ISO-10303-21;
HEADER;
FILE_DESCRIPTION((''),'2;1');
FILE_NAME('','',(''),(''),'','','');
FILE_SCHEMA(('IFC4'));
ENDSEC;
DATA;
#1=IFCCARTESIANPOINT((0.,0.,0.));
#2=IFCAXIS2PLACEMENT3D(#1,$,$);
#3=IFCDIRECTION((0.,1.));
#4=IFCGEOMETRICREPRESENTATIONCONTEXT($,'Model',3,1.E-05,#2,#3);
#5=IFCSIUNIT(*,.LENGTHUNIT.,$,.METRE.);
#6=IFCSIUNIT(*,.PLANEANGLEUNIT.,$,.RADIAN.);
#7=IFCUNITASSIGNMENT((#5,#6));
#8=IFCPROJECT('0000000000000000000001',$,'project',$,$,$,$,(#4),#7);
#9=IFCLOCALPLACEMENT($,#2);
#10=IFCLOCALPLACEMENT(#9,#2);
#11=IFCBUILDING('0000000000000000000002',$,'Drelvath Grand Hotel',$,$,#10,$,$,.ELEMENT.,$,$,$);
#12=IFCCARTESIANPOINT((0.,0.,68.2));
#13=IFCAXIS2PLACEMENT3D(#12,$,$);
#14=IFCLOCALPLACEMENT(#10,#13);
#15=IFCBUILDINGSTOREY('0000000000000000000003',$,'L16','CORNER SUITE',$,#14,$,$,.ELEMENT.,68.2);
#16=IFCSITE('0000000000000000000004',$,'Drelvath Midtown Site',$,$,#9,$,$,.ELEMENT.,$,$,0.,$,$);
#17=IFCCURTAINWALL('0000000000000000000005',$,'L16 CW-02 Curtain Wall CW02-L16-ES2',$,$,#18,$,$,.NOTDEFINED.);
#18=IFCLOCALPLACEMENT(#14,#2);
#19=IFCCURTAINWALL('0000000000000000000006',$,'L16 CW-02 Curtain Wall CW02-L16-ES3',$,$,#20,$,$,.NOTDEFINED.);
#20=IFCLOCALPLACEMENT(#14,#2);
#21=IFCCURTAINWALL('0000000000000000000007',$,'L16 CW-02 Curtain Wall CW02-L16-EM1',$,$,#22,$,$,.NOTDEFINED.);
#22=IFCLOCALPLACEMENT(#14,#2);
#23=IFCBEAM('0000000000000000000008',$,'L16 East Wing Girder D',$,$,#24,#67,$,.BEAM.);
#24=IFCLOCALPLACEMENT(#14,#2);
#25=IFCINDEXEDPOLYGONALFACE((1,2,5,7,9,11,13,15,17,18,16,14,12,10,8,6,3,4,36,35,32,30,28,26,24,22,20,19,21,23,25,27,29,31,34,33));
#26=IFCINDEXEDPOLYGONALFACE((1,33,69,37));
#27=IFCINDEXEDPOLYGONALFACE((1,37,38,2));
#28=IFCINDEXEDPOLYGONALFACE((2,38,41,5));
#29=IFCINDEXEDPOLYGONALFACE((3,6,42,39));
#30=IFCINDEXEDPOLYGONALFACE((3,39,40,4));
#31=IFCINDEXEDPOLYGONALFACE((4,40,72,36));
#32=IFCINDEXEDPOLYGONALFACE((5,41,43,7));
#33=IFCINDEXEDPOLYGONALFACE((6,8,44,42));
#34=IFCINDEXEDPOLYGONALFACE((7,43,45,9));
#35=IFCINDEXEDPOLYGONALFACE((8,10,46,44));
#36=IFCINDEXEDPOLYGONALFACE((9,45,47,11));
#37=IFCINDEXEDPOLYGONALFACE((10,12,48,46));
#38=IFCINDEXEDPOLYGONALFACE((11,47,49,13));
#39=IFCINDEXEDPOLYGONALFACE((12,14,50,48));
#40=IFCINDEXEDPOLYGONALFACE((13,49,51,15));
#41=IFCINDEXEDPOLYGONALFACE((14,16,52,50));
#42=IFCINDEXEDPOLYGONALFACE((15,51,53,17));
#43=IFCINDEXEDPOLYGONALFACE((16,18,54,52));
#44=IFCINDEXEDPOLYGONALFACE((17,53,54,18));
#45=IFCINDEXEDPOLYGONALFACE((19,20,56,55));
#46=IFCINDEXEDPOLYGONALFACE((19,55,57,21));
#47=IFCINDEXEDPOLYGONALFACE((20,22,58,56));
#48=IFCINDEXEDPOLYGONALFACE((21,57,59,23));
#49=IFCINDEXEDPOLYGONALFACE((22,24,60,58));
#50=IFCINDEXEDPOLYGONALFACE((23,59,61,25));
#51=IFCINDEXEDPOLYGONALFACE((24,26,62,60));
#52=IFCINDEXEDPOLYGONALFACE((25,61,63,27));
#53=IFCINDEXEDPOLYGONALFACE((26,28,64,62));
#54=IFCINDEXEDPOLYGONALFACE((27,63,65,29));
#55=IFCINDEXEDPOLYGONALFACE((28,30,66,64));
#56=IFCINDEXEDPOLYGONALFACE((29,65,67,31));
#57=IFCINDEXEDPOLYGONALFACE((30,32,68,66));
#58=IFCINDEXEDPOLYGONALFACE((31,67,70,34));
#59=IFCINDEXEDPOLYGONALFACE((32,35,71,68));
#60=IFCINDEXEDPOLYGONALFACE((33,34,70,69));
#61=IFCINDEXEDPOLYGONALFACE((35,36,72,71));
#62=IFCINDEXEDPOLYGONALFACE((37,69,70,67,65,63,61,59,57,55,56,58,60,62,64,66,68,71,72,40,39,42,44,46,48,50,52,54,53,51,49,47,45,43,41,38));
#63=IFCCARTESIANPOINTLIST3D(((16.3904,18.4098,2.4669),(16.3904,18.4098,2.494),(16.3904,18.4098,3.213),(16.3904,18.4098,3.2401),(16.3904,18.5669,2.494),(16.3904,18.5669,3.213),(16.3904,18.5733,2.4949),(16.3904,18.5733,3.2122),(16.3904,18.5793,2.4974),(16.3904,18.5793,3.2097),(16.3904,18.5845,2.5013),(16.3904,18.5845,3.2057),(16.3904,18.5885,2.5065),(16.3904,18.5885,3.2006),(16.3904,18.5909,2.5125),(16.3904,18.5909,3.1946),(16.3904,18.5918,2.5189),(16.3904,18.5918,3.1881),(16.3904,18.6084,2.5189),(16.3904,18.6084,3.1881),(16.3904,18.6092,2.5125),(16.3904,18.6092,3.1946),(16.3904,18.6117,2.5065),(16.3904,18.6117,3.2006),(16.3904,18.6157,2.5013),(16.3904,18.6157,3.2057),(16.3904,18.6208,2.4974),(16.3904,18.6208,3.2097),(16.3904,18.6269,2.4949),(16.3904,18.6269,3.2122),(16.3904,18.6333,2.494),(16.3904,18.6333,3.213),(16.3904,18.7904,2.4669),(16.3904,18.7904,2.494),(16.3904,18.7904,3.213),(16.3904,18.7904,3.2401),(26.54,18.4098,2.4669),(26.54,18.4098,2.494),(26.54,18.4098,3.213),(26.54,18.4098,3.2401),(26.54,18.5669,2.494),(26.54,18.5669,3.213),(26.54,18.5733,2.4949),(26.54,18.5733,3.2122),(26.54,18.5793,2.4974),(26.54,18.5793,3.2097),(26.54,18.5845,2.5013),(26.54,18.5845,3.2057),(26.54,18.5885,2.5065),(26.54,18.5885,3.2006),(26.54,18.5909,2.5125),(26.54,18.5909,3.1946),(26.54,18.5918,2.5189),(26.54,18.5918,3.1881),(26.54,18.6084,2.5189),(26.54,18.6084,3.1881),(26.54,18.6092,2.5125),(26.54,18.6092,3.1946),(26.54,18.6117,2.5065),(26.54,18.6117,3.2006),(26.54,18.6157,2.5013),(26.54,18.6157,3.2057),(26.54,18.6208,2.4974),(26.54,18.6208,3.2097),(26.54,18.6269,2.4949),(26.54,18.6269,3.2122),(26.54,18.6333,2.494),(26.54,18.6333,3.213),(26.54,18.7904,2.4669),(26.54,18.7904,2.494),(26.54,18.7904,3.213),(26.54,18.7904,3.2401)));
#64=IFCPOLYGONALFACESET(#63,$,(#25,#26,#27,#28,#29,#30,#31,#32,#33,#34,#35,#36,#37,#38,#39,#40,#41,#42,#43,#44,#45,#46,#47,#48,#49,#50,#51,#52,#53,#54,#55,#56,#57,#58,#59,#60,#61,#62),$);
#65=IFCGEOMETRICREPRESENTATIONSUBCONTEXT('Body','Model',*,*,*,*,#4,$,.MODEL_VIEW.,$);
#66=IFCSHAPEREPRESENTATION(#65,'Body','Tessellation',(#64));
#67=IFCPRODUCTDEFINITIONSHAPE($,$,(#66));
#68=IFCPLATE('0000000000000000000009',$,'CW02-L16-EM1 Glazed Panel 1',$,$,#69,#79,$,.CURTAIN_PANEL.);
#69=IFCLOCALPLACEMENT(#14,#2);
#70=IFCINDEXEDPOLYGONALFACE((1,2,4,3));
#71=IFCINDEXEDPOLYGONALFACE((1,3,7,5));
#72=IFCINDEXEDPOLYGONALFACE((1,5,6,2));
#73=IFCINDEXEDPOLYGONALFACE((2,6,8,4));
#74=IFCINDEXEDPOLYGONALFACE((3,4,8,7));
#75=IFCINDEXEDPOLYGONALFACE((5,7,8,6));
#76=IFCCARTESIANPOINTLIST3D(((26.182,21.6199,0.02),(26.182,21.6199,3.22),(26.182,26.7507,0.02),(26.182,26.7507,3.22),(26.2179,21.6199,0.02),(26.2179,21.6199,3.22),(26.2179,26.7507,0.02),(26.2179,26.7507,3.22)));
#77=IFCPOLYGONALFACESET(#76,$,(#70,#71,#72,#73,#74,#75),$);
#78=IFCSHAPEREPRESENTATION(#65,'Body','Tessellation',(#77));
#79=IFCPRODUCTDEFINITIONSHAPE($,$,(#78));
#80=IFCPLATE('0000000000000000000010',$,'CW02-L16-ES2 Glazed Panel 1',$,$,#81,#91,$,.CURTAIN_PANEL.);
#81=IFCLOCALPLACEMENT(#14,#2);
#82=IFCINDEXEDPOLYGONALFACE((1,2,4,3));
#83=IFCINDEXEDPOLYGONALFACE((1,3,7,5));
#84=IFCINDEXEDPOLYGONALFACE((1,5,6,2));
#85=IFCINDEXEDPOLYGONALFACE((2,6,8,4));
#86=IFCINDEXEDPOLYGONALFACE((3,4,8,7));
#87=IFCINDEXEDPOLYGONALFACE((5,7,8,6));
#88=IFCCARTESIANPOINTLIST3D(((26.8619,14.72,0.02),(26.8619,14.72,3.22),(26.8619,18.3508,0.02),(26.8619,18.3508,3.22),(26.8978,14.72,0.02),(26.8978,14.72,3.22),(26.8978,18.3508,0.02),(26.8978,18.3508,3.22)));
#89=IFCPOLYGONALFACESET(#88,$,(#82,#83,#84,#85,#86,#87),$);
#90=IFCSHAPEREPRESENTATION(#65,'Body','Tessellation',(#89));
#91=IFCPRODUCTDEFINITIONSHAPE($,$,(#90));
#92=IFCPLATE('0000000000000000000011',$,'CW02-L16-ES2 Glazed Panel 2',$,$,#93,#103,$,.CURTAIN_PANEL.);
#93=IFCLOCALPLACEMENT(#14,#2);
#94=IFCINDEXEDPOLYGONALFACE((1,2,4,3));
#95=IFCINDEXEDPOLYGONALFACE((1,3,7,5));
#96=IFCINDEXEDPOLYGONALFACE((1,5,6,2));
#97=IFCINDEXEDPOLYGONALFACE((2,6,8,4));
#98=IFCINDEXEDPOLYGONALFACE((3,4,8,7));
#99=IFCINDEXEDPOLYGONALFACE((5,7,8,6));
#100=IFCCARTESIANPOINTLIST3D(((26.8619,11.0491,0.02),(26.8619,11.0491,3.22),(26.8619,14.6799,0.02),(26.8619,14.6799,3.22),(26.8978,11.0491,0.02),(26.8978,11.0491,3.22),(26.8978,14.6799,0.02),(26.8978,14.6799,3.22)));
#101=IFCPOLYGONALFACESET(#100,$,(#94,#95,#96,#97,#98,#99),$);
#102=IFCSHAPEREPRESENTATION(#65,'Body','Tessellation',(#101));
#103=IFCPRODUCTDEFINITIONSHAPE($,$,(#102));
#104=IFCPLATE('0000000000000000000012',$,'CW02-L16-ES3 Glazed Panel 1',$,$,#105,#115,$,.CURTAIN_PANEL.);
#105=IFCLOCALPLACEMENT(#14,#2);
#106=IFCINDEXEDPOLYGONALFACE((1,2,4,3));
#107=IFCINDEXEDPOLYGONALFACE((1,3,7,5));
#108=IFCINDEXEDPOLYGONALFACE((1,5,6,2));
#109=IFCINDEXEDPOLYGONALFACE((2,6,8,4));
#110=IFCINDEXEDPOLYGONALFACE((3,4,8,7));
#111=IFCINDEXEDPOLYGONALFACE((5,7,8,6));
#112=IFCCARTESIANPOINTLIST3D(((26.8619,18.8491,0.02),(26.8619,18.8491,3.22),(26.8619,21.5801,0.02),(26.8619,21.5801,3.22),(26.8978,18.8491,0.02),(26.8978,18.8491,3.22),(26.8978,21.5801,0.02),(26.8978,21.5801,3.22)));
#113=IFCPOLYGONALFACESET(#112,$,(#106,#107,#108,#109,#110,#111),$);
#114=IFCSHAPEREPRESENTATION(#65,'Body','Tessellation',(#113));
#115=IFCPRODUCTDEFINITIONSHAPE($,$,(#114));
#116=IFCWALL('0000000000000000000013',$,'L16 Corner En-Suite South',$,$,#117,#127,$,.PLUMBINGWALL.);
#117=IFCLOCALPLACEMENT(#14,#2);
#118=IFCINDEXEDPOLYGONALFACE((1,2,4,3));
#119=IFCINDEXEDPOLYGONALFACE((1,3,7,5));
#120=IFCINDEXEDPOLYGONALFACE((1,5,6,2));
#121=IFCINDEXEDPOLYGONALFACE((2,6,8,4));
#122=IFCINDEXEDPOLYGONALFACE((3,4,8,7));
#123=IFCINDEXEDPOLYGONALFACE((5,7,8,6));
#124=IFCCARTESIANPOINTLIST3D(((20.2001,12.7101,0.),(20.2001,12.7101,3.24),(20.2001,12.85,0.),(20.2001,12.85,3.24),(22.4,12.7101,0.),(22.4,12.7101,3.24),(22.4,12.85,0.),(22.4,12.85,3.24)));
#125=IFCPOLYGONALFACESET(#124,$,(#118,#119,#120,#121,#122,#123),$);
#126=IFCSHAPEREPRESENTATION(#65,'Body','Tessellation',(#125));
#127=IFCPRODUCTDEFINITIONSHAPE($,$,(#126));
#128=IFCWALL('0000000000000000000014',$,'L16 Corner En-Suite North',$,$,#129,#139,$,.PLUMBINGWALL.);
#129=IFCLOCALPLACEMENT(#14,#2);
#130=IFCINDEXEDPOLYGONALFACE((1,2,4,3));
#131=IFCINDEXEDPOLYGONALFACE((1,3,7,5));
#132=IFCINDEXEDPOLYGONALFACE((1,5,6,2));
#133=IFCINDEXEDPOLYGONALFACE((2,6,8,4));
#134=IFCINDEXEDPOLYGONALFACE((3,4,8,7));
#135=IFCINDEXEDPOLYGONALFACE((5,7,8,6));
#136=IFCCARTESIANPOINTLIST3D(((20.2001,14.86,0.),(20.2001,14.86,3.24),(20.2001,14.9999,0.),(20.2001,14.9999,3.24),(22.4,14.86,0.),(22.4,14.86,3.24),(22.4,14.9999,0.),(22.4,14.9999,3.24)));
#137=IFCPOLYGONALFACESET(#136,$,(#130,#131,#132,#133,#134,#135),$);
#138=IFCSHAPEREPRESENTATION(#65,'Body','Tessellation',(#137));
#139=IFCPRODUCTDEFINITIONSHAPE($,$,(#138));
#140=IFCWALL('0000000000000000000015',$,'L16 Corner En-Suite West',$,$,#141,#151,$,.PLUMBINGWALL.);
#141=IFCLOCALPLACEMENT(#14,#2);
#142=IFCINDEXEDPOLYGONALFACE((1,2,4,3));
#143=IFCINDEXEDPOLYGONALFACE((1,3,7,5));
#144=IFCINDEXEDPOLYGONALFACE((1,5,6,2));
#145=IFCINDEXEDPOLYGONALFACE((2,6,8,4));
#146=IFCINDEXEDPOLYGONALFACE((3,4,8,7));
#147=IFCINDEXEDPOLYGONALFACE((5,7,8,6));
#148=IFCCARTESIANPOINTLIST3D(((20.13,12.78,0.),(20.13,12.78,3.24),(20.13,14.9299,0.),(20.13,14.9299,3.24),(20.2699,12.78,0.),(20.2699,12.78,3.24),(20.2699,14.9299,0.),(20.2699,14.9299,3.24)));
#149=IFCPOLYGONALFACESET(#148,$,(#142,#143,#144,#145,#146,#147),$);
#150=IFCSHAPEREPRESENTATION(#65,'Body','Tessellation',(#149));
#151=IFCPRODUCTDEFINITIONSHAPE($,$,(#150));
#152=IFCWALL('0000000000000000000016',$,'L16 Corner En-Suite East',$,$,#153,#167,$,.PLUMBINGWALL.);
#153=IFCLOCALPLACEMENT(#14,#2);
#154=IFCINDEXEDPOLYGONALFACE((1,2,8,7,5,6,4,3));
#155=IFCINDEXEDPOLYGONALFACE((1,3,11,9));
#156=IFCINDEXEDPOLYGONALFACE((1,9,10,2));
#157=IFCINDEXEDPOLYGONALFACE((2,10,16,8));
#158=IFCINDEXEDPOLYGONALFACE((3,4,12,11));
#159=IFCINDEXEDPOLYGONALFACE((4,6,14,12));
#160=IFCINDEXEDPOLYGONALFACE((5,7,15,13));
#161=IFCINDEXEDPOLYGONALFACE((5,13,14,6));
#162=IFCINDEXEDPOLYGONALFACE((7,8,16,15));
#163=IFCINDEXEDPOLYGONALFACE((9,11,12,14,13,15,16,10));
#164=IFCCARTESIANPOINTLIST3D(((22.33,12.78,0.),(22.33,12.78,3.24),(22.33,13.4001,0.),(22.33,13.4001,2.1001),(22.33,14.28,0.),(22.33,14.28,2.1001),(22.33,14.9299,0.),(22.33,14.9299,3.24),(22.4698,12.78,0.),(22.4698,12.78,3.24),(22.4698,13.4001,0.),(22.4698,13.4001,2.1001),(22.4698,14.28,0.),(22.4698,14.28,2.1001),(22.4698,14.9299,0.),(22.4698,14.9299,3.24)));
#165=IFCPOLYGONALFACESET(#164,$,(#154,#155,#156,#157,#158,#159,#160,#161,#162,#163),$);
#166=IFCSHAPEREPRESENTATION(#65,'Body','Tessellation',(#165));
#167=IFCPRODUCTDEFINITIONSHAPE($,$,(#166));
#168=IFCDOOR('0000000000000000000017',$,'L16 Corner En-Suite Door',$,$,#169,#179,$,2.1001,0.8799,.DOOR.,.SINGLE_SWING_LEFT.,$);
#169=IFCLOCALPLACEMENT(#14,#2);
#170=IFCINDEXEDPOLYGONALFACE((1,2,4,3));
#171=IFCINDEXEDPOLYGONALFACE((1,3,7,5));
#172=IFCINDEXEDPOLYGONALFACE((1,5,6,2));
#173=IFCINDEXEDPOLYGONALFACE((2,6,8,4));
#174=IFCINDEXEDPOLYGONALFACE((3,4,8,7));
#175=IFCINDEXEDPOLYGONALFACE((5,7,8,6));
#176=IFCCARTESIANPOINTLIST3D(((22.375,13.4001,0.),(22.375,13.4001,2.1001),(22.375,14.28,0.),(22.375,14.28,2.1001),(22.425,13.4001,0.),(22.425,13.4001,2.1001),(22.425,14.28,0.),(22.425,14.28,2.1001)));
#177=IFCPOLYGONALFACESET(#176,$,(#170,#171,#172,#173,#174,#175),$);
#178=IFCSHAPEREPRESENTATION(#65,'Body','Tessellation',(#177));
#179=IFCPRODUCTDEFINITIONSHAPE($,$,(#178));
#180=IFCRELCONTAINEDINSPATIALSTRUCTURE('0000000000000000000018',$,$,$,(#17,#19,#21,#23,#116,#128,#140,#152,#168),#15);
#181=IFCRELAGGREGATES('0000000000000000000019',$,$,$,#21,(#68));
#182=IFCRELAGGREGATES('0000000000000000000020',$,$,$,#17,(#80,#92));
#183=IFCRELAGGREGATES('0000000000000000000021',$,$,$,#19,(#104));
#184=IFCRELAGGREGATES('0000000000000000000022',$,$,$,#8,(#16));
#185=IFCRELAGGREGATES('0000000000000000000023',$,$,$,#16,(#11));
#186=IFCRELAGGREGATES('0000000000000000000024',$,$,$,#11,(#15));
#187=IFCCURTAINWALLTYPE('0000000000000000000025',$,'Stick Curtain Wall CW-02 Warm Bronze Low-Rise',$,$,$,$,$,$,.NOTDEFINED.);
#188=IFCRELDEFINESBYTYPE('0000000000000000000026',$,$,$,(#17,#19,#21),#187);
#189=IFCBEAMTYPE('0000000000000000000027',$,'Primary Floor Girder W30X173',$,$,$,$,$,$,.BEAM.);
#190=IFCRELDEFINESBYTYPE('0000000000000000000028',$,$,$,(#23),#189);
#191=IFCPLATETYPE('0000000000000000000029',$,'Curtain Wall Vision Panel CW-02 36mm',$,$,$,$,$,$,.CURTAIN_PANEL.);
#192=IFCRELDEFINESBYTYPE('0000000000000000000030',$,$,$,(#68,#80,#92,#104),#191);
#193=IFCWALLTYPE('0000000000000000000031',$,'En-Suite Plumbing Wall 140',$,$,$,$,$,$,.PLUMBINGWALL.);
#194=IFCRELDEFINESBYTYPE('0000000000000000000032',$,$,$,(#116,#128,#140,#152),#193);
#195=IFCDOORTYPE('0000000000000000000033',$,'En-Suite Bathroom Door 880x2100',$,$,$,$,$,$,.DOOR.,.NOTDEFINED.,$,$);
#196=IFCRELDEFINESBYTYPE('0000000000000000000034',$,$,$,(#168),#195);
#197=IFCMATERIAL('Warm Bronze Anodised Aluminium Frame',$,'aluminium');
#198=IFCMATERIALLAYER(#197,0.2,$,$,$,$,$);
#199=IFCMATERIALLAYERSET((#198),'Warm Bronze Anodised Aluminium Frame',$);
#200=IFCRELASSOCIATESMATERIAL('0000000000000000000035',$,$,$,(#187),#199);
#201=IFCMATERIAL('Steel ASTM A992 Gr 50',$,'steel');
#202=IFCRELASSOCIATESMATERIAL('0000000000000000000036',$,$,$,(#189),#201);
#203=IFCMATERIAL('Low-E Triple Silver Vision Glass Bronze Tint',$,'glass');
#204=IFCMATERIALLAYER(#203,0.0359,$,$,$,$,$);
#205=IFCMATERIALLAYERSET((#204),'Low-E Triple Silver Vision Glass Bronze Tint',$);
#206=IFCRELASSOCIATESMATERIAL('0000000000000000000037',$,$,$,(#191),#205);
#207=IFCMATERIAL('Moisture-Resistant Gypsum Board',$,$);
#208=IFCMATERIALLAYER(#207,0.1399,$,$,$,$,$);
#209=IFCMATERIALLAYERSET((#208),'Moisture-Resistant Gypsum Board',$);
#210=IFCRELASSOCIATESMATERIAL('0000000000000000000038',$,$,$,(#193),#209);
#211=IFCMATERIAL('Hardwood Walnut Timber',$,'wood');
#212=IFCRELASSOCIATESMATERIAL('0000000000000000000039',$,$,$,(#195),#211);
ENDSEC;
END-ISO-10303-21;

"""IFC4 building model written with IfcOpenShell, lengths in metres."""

from ifc_helpers import new_model, si_unit, direction, frame, frame_2d, origin, origin_2d, place, context, subcontext, project, spatial, rectangle, i_section, extrude, material, layer, layer_set, material_profile, profile_set, type_object, element, fill, aggregate, save


model = new_model("IFC4")

# Units and contexts
model_context = context("Model", 3, precision=1e-05, world=origin(), true_north=direction((0.0, 1.0)))
body_context = subcontext(model_context, "Body", "Model", "MODEL_VIEW")
ifc_project = project(units=[si_unit("LENGTHUNIT", "METRE"), si_unit("PLANEANGLEUNIT", "RADIAN")], contexts=[model_context])

# Site, building, storey
site_placement = place(None, origin())
site = spatial("IfcSite", under=ifc_project, at=site_placement, Name="Drelvath Midtown Site", CompositionType="ELEMENT", RefElevation=0.0)
building_placement = place(site_placement, origin())
building = spatial("IfcBuilding", under=site, at=building_placement, Name="Drelvath Grand Hotel", CompositionType="ELEMENT")
storey_placement = place(building_placement, frame((0.0, 0.0, 68.2)))
storey = spatial("IfcBuildingStorey", under=building, at=storey_placement, Name="L16", Description="CORNER SUITE", CompositionType="ELEMENT", Elevation=68.2)

# Curtain walls
ifc_material_1 = material(Name="Warm Bronze Anodised Aluminium Frame", Category="aluminium")
ifc_layer_1 = layer(ifc_material_1, 0.2)
ifc_layer_set_1 = layer_set([ifc_layer_1], Name="Warm Bronze Anodised Aluminium Frame")
curtain_wall_type = type_object("IfcCurtainWallType", Name="Stick Curtain Wall CW-02 Warm Bronze Low-Rise", PredefinedType="NOTDEFINED", material=ifc_layer_set_1)
curtain_wall_1_placement = place(storey_placement, origin())
curtain_wall_1 = element("IfcCurtainWall", 1, at=curtain_wall_1_placement, inside=storey, type_object=curtain_wall_type, Name="L16 CW-02 Curtain Wall CW02-L16-ES2", PredefinedType="NOTDEFINED")
curtain_wall_2_placement = place(storey_placement, origin())
curtain_wall_2 = element("IfcCurtainWall", 2, at=curtain_wall_2_placement, inside=storey, type_object=curtain_wall_type, Name="L16 CW-02 Curtain Wall CW02-L16-ES3", PredefinedType="NOTDEFINED")
curtain_wall_3_placement = place(storey_placement, origin())
curtain_wall_3 = element("IfcCurtainWall", 3, at=curtain_wall_3_placement, inside=storey, type_object=curtain_wall_type, Name="L16 CW-02 Curtain Wall CW02-L16-EM1", PredefinedType="NOTDEFINED")

# Beam
ifc_material_2 = material(Name="Steel ASTM A992 Gr 50", Category="steel")
ifc_material_profile_1 = material_profile(ifc_material_2, i_section(OverallWidth=0.3806, OverallDepth=0.7732, WebThickness=0.0166, FlangeThickness=0.0271, FilletRadius=0.0249, at=origin_2d()), Name="W30X173")
ifc_profile_set_1 = profile_set([ifc_material_profile_1], Name="Steel ASTM A992 Gr 50")
beam_type_1 = type_object("IfcBeamType", Name="Primary Floor Girder W30X173", PredefinedType="BEAM", material=ifc_profile_set_1)
beam_1_placement = place(storey_placement, frame((16.3904, 18.6001, 2.8535), z_axis=(1.0, 0.0, 0.0), x_axis=(0.0, 1.0, 0.0)))
element("IfcBeam", 4, at=beam_1_placement, inside=storey, type_object=beam_type_1, Name="L16 East Wing Girder D", PredefinedType="BEAM", context=body_context, shape_type="SweptSolid", body=[
    extrude(i_section(OverallWidth=0.3806, OverallDepth=0.7732, WebThickness=0.0166, FlangeThickness=0.0271, FilletRadius=0.0249, at=origin_2d()), origin(), (0.0, 0.0, 1.0), 10.1497),
])

# Plates
ifc_material_3 = material(Name="Low-E Triple Silver Vision Glass Bronze Tint", Category="glass")
ifc_layer_2 = layer(ifc_material_3, 0.0359)
ifc_layer_set_2 = layer_set([ifc_layer_2], Name="Low-E Triple Silver Vision Glass Bronze Tint")
plate_type = type_object("IfcPlateType", Name="Curtain Wall Vision Panel CW-02 36mm", PredefinedType="CURTAIN_PANEL", material=ifc_layer_set_2)
plate_1_placement = place(storey_placement, frame((26.2, 24.1853, 0.02), z_axis=(0.0, 0.0, 1.0), x_axis=(0.0, -1.0, 0.0)))
plate_1 = element("IfcPlate", 5, at=plate_1_placement, type_object=plate_type, Name="CW02-L16-EM1 Glazed Panel 1", PredefinedType="CURTAIN_PANEL", context=body_context, shape_type="SweptSolid", body=[
    extrude(rectangle(XDim=5.1309, YDim=0.0359, at=origin_2d()), origin(), (0.0, 0.0, 1.0), 3.2),
])
aggregate(curtain_wall_3, [plate_1])
plate_2_placement = place(storey_placement, frame((26.8799, 16.5354, 0.02), z_axis=(0.0, 0.0, 1.0), x_axis=(0.0, -1.0, 0.0)))
plate_2 = element("IfcPlate", 6, at=plate_2_placement, type_object=plate_type, Name="CW02-L16-ES2 Glazed Panel 1", PredefinedType="CURTAIN_PANEL", context=body_context, shape_type="SweptSolid", body=[
    extrude(rectangle(XDim=3.6309, YDim=0.0359, at=origin_2d()), origin(), (0.0, 0.0, 1.0), 3.2),
])
plate_3_placement = place(storey_placement, frame((26.8799, 12.8645, 0.02), z_axis=(0.0, 0.0, 1.0), x_axis=(0.0, -1.0, 0.0)))
plate_3 = element("IfcPlate", 7, at=plate_3_placement, type_object=plate_type, Name="CW02-L16-ES2 Glazed Panel 2", PredefinedType="CURTAIN_PANEL", context=body_context, shape_type="SweptSolid", body=[
    extrude(rectangle(XDim=3.6309, YDim=0.0359, at=origin_2d()), origin(), (0.0, 0.0, 1.0), 3.2),
])
aggregate(curtain_wall_1, [plate_2, plate_3])
plate_4_placement = place(storey_placement, frame((26.8799, 20.2146, 0.02), z_axis=(0.0, 0.0, 1.0), x_axis=(0.0, -1.0, 0.0)))
plate_4 = element("IfcPlate", 8, at=plate_4_placement, type_object=plate_type, Name="CW02-L16-ES3 Glazed Panel 1", PredefinedType="CURTAIN_PANEL", context=body_context, shape_type="SweptSolid", body=[
    extrude(rectangle(XDim=2.731, YDim=0.0359, at=origin_2d()), origin(), (0.0, 0.0, 1.0), 3.2),
])
aggregate(curtain_wall_2, [plate_4])

# Shared definitions
ifc_material_4 = material(Name="Hardwood Walnut Timber", Category="wood")

# Walls
ifc_material_5 = material(Name="Moisture-Resistant Gypsum Board")
ifc_layer_3 = layer(ifc_material_5, 0.1399)
ifc_layer_set_3 = layer_set([ifc_layer_3], Name="Moisture-Resistant Gypsum Board")
wall_type_1 = type_object("IfcWallType", Name="En-Suite Plumbing Wall 140", PredefinedType="PLUMBINGWALL", material=ifc_layer_set_3)
for number, where, z_axis, x_axis, name in (
    (9, (20.2, 12.78, 0.0), (0.0, 0.0, 1.0), (1.0, 0.0, 0.0), "L16 Corner En-Suite South"),
    (10, (20.2, 14.9299, 0.0), (0.0, 0.0, 1.0), (1.0, 0.0, 0.0), "L16 Corner En-Suite North"),
):
    element("IfcWall", number, at=place(storey_placement, frame(where, z_axis=z_axis, x_axis=x_axis)), inside=storey, type_object=wall_type_1, Name=name, PredefinedType="PLUMBINGWALL", context=body_context, shape_type="SweptSolid", body=[
        extrude(rectangle(XDim=2.2, YDim=0.1399, at=frame_2d((1.1001, 0.0))), origin(), (0.0, 0.0, 1.0), 3.24),
    ])
wall_1_placement = place(storey_placement, frame((20.2, 12.78, 0.0), z_axis=(0.0, 0.0, 1.0), x_axis=(0.0, 1.0, 0.0)))
element("IfcWall", 11, at=wall_1_placement, inside=storey, type_object=wall_type_1, Name="L16 Corner En-Suite West", PredefinedType="PLUMBINGWALL", context=body_context, shape_type="SweptSolid", body=[
    extrude(rectangle(XDim=2.1499, YDim=0.1399, at=frame_2d((1.075, 0.0))), origin(), (0.0, 0.0, 1.0), 3.24),
])

# Wall, opening, door
wall_2_placement = place(storey_placement, frame((22.3999, 12.78, 0.0), z_axis=(0.0, 0.0, 1.0), x_axis=(0.0, 1.0, 0.0)))
wall_2 = element("IfcWall", 12, at=wall_2_placement, inside=storey, type_object=wall_type_1, Name="L16 Corner En-Suite East", PredefinedType="PLUMBINGWALL", context=body_context, shape_type="SweptSolid", body=[
    extrude(rectangle(XDim=2.1499, YDim=0.1399, at=frame_2d((1.075, 0.0))), origin(), (0.0, 0.0, 1.0), 3.24),
])
opening_1_placement = place(wall_2_placement, frame((0.6201, 0.0, 0.0)))
opening_1 = element("IfcOpeningElement", 13, at=opening_1_placement, cuts=wall_2, PredefinedType="OPENING", context=body_context, shape_type="SweptSolid", body=[
    extrude(rectangle(XDim=0.8799, YDim=2.1001, at=frame_2d((0.4399, 1.05))), frame((0.0, 0.0798, 0.0), z_axis=(0.0, -1.0, 0.0), x_axis=(1.0, 0.0, 0.0)), (0.0, 0.0, 1.0), 0.1599),
])
door_type_1 = type_object("IfcDoorType", Name="En-Suite Bathroom Door 880x2100", OperationType="NOTDEFINED", PredefinedType="DOOR", material=ifc_material_4)
door_1_placement = place(opening_1_placement, origin())
door_1 = element("IfcDoor", 14, at=door_1_placement, inside=storey, type_object=door_type_1, Name="L16 Corner En-Suite Door", OperationType="SINGLE_SWING_LEFT", OverallHeight=2.1001, OverallWidth=0.8799, PredefinedType="DOOR", context=body_context, shape_type="SweptSolid", body=[
    extrude(rectangle(XDim=0.8799, YDim=2.1001, at=frame_2d((0.4399, 1.05))), frame((0.0, 0.0249, 0.0), z_axis=(0.0, -1.0, 0.0), x_axis=(1.0, 0.0, 0.0)), (0.0, 0.0, 1.0), 0.05),
])
fill(opening_1, door_1)

save(model, "model.ifc")
